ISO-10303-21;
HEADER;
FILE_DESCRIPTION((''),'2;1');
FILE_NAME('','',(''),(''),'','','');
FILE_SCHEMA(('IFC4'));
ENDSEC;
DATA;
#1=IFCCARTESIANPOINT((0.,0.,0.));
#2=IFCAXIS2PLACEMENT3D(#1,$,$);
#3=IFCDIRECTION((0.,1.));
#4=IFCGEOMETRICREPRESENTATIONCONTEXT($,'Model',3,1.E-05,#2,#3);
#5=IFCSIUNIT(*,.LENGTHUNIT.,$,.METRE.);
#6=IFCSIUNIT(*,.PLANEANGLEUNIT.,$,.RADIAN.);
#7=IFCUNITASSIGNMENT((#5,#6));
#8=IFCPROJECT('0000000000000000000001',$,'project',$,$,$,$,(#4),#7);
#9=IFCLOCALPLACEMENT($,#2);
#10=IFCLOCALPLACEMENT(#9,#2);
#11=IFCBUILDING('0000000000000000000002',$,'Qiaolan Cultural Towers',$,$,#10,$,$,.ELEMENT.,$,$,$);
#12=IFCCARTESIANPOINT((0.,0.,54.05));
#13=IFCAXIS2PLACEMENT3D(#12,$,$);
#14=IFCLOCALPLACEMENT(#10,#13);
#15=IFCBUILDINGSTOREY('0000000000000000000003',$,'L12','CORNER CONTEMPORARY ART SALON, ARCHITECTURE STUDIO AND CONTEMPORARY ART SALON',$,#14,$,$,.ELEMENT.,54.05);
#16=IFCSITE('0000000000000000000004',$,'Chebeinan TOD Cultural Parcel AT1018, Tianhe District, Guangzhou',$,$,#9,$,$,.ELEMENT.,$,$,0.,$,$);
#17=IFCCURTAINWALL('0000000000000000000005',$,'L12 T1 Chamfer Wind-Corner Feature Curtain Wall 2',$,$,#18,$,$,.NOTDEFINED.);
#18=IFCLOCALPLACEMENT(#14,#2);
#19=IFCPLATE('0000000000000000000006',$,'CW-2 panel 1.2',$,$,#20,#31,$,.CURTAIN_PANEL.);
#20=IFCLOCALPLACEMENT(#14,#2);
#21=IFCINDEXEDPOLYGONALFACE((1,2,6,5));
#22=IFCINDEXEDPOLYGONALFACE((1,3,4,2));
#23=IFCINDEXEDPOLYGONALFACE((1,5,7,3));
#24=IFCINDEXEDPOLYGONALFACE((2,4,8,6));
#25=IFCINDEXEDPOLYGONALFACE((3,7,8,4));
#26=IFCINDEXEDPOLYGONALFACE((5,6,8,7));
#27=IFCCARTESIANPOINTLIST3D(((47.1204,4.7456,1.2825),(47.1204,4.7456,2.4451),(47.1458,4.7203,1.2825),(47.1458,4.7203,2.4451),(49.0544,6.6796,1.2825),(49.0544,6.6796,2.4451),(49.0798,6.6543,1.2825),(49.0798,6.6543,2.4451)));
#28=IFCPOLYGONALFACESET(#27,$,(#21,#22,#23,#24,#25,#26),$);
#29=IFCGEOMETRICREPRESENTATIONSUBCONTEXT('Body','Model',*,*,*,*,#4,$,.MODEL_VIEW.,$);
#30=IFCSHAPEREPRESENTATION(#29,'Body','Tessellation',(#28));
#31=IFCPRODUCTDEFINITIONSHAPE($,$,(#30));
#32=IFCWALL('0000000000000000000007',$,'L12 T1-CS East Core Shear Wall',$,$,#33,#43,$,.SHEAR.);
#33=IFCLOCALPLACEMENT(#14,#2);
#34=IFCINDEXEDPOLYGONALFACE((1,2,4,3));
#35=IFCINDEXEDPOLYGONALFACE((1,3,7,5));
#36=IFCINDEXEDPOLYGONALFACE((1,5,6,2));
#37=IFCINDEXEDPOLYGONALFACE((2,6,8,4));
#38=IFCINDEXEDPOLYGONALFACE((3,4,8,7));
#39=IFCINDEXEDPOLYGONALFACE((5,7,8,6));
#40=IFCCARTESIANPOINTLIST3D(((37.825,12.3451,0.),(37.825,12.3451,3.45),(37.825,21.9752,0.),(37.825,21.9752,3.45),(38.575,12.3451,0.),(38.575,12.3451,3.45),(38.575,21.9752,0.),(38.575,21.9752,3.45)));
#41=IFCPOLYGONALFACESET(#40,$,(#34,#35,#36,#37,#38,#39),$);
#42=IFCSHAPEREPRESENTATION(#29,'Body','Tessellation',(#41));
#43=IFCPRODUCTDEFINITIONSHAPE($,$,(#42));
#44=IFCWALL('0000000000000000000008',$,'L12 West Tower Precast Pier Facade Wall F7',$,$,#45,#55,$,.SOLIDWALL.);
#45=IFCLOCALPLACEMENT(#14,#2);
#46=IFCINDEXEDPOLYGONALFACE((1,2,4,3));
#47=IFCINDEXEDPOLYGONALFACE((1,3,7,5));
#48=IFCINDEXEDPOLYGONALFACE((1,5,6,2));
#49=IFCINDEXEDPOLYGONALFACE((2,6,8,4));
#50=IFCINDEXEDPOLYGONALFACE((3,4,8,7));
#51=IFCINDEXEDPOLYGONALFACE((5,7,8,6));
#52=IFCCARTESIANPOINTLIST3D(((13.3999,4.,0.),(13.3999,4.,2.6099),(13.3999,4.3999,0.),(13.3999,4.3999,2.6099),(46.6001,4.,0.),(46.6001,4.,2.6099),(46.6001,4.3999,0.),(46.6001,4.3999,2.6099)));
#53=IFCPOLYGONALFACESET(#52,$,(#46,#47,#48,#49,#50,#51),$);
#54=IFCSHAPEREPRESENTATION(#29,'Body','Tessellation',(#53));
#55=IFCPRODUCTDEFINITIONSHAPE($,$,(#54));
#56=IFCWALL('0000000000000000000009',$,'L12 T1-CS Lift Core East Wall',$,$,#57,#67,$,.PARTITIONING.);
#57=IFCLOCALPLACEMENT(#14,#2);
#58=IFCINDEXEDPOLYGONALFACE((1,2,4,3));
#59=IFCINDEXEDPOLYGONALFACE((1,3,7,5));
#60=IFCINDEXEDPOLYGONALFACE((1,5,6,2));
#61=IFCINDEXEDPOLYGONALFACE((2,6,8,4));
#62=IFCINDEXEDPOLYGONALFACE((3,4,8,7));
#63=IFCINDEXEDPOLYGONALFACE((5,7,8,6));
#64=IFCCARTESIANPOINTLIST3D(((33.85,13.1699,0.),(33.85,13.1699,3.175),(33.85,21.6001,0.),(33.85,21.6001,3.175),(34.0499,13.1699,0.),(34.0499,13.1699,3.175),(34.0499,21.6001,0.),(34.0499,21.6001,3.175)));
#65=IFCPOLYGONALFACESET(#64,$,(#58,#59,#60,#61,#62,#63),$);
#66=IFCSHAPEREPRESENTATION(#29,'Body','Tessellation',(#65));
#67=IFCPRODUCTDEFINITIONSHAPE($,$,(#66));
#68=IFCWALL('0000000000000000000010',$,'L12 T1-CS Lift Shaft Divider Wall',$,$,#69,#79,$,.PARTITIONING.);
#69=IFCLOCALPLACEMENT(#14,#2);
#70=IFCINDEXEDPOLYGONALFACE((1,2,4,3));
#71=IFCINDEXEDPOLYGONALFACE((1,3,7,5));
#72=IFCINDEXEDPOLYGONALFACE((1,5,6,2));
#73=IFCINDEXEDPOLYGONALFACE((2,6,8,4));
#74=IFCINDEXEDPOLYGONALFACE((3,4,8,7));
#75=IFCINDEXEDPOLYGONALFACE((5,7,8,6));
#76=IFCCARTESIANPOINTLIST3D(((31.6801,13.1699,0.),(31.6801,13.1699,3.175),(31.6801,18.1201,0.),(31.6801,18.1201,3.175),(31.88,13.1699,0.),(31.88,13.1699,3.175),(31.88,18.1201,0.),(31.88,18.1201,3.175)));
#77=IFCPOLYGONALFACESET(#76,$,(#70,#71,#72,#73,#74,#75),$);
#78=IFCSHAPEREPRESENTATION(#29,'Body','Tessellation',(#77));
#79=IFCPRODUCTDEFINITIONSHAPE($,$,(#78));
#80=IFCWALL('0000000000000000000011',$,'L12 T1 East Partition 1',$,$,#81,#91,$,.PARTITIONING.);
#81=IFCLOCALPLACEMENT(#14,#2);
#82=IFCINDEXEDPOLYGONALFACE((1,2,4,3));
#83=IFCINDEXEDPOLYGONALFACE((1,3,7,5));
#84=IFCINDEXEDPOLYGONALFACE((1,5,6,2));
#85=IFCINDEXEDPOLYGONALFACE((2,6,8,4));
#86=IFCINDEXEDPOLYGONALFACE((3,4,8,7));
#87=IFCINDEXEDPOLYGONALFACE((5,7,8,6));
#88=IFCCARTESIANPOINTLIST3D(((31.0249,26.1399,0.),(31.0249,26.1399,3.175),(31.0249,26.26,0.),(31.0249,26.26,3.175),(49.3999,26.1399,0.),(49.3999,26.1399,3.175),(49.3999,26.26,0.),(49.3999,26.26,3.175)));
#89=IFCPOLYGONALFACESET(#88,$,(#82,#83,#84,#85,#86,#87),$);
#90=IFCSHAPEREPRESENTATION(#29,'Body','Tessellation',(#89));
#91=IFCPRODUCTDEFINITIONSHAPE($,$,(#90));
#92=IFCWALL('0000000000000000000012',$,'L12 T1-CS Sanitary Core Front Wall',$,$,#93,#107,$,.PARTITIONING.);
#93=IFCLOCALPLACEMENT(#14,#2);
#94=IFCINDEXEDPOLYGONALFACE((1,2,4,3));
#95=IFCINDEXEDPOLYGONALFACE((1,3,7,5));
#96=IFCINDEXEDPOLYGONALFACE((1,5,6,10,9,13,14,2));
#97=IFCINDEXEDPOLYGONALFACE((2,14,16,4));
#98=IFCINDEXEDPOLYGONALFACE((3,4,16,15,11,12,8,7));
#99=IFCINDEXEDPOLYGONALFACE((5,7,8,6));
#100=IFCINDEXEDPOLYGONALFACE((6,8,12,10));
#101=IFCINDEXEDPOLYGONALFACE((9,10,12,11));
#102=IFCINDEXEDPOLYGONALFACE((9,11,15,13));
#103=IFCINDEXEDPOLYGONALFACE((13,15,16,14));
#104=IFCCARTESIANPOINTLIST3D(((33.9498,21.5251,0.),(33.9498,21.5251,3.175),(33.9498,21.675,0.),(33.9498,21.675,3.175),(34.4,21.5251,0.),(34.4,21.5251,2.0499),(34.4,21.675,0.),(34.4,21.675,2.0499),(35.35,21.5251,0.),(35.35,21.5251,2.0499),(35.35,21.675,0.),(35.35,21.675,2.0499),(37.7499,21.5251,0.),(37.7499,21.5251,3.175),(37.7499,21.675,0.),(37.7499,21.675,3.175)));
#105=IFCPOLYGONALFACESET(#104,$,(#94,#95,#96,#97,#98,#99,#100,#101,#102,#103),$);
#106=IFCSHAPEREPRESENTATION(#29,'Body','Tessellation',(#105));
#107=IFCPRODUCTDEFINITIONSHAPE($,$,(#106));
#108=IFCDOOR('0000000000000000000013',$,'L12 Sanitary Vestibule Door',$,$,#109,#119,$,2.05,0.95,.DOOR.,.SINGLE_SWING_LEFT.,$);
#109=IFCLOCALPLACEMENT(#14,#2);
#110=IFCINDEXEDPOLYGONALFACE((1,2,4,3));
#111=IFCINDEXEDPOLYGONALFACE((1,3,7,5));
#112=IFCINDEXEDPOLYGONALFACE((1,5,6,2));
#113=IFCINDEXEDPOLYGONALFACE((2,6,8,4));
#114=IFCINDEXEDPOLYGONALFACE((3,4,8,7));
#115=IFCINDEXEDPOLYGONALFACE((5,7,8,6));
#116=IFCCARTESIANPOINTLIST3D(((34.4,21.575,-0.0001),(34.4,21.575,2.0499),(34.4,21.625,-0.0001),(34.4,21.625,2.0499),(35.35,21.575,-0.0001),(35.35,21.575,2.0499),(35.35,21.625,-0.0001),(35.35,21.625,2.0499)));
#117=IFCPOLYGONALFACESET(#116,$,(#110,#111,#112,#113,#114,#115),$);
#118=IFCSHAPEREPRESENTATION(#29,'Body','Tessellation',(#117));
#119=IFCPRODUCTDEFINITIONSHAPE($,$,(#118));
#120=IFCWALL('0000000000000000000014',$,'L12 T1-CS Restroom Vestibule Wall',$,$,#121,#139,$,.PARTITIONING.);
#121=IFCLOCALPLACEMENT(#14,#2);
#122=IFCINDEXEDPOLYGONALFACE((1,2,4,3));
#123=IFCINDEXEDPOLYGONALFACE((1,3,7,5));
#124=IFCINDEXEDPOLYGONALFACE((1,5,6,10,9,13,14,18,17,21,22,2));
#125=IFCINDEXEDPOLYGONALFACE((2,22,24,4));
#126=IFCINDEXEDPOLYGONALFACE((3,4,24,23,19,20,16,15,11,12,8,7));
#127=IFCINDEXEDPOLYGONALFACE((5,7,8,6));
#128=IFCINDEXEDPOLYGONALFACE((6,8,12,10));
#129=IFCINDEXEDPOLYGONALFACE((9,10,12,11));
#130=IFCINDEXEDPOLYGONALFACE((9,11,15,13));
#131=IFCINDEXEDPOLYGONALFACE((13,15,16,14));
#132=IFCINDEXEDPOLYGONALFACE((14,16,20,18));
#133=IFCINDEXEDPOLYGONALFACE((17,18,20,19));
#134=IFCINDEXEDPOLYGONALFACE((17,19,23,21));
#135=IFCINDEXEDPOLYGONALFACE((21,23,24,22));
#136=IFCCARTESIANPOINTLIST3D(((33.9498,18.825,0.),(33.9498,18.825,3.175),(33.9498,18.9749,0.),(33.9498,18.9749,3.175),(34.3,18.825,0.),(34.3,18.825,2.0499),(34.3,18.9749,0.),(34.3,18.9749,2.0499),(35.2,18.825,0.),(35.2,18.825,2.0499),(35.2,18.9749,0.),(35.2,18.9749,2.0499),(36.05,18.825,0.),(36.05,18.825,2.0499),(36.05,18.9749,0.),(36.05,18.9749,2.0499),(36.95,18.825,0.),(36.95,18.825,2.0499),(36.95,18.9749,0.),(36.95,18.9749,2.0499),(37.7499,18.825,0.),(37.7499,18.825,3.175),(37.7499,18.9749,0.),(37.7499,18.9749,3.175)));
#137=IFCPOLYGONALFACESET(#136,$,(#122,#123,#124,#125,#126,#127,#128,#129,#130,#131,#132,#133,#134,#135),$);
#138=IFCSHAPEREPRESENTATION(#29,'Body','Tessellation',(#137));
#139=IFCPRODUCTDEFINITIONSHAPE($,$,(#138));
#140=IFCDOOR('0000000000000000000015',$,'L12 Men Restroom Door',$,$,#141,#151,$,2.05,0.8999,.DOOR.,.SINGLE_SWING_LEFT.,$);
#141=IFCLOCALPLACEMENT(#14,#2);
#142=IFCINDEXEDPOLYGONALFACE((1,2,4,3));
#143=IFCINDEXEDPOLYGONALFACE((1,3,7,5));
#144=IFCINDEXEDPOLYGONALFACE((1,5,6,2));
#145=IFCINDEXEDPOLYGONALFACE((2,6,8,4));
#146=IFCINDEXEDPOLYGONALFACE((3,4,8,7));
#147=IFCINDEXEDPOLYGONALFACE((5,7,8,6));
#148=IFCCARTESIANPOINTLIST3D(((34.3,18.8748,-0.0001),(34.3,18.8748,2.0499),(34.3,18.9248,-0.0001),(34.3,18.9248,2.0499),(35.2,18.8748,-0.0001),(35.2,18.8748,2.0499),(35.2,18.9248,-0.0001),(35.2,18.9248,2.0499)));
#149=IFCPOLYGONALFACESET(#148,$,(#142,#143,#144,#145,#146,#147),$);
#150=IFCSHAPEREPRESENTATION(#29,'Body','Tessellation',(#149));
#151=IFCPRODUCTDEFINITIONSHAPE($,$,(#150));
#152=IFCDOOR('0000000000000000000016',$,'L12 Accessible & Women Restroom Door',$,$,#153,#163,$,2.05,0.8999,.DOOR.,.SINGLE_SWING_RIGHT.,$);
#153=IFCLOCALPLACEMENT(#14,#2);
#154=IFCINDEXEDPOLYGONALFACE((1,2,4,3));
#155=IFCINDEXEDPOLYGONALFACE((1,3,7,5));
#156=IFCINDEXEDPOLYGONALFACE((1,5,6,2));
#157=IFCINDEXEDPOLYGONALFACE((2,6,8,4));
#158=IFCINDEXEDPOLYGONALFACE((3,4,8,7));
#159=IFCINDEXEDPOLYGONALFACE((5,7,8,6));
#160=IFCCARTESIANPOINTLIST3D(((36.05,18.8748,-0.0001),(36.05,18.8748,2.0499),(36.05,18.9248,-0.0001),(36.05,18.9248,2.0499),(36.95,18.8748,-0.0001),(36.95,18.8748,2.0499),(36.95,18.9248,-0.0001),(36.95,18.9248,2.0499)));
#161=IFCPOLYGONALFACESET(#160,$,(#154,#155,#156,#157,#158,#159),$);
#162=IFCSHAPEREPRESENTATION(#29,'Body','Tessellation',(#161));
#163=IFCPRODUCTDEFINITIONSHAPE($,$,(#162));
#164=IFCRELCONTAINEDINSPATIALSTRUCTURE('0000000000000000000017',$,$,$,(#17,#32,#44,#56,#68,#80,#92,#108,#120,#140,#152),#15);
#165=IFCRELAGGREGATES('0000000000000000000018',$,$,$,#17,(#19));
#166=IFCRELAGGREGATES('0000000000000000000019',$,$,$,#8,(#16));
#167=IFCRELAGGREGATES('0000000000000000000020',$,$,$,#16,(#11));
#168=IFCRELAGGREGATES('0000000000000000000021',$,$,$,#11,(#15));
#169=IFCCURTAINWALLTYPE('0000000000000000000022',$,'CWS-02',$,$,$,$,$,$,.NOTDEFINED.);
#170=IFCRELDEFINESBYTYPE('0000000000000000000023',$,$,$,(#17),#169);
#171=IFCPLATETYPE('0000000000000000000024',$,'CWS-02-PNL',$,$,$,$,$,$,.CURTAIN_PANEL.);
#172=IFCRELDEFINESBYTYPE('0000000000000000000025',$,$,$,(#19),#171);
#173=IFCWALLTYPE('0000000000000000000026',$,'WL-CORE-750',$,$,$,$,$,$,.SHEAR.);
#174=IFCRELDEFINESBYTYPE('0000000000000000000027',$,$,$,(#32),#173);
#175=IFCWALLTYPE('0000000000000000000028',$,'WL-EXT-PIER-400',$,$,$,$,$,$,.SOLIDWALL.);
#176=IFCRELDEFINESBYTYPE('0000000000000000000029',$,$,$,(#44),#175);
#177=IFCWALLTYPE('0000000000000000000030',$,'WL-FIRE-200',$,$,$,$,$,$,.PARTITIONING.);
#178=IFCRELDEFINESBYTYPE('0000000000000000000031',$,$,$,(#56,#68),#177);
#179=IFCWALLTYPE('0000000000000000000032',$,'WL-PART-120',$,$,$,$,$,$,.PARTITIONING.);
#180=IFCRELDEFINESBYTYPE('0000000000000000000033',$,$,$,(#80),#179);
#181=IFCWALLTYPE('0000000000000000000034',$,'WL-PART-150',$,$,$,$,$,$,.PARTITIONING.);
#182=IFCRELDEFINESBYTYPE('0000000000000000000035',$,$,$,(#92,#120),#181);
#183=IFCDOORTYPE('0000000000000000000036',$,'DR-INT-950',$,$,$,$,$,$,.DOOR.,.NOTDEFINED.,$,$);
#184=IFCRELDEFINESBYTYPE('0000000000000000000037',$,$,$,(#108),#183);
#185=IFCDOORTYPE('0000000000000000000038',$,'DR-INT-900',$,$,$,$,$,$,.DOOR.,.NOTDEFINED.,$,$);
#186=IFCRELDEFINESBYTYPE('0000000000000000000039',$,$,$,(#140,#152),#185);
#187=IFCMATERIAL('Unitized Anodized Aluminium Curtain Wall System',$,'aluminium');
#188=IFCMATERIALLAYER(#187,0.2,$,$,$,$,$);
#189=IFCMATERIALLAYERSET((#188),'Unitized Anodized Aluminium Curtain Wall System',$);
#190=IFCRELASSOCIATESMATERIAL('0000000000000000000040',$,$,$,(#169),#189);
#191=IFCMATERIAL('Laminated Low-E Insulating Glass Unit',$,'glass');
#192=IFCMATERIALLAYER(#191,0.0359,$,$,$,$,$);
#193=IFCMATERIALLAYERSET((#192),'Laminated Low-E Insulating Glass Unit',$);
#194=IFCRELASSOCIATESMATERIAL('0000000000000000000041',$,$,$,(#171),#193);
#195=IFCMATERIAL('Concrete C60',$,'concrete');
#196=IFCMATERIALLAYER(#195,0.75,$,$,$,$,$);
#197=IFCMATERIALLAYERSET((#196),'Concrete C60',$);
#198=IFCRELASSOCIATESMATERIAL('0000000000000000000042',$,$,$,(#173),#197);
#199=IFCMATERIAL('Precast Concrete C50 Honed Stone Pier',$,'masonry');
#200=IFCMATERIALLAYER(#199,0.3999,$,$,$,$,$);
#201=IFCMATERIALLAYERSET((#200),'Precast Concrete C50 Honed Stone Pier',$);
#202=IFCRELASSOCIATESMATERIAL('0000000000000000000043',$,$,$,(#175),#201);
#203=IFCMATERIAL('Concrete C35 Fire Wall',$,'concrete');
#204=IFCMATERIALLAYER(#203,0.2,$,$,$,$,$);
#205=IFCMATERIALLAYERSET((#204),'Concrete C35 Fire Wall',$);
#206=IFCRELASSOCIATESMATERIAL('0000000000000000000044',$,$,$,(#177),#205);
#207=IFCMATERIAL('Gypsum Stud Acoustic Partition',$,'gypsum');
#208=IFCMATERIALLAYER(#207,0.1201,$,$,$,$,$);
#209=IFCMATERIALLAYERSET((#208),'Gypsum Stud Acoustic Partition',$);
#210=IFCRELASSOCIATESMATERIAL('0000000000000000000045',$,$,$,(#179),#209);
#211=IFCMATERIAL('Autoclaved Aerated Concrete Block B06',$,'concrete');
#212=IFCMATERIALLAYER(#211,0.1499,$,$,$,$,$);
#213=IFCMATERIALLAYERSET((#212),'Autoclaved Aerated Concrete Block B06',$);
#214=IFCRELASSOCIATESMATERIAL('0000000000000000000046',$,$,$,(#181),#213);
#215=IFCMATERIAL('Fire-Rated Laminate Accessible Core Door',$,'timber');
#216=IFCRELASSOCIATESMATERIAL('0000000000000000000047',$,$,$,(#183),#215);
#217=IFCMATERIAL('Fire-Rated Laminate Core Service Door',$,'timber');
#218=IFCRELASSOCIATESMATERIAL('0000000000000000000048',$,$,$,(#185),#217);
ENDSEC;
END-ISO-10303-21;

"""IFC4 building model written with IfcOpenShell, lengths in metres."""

from ifc_helpers import new_model, si_unit, direction, frame, frame_2d, origin, origin_2d, place, context, subcontext, project, spatial, rectangle, extrude, material, layer, layer_set, type_object, element, fill, aggregate, save


model = new_model("IFC4")

# Units and contexts
model_context = context("Model", 3, precision=1e-05, world=origin(), true_north=direction((0.0, 1.0)))
body_context = subcontext(model_context, "Body", "Model", "MODEL_VIEW")
ifc_project = project(units=[si_unit("LENGTHUNIT", "METRE"), si_unit("PLANEANGLEUNIT", "RADIAN")], contexts=[model_context])

# Site, building, storey
site_placement = place(None, origin())
site = spatial("IfcSite", under=ifc_project, at=site_placement, Name="Chebeinan TOD Cultural Parcel AT1018, Tianhe District, Guangzhou", CompositionType="ELEMENT", RefElevation=0.0)
building_placement = place(site_placement, origin())
building = spatial("IfcBuilding", under=site, at=building_placement, Name="Qiaolan Cultural Towers", CompositionType="ELEMENT")
storey_placement = place(building_placement, frame((0.0, 0.0, 54.05)))
storey = spatial("IfcBuildingStorey", under=building, at=storey_placement, Name="L12", Description="CORNER CONTEMPORARY ART SALON, ARCHITECTURE STUDIO AND CONTEMPORARY ART SALON", CompositionType="ELEMENT", Elevation=54.05)

# Curtain wall, plate
ifc_material_1 = material(Name="Unitized Anodized Aluminium Curtain Wall System", Category="aluminium")
ifc_layer_1 = layer(ifc_material_1, 0.2)
ifc_layer_set_1 = layer_set([ifc_layer_1], Name="Unitized Anodized Aluminium Curtain Wall System")
curtain_wall_type = type_object("IfcCurtainWallType", Name="CWS-02", PredefinedType="NOTDEFINED", material=ifc_layer_set_1)
curtain_wall_placement = place(storey_placement, origin())
curtain_wall = element("IfcCurtainWall", 1, at=curtain_wall_placement, inside=storey, type_object=curtain_wall_type, Name="L12 T1 Chamfer Wind-Corner Feature Curtain Wall 2", PredefinedType="NOTDEFINED")
ifc_material_2 = material(Name="Laminated Low-E Insulating Glass Unit", Category="glass")
ifc_layer_2 = layer(ifc_material_2, 0.0359)
ifc_layer_set_2 = layer_set([ifc_layer_2], Name="Laminated Low-E Insulating Glass Unit")
plate_type = type_object("IfcPlateType", Name="CWS-02-PNL", PredefinedType="CURTAIN_PANEL", material=ifc_layer_set_2)
plate_1_placement = place(storey_placement, frame((48.1001, 5.7, 1.2825), z_axis=(0.0, 0.0, 1.0), x_axis=(-0.707107, -0.707107, 0.0)))
plate_1 = element("IfcPlate", 2, at=plate_1_placement, type_object=plate_type, Name="CW-2 panel 1.2", PredefinedType="CURTAIN_PANEL", context=body_context, shape_type="SweptSolid", body=[
    extrude(rectangle(XDim=2.7351, YDim=0.0359, at=origin_2d()), origin(), (0.0, 0.0, 1.0), 1.1626),
])
aggregate(curtain_wall, [plate_1])

# Walls
ifc_material_3 = material(Name="Concrete C60", Category="concrete")
ifc_layer_3 = layer(ifc_material_3, 0.75)
ifc_layer_set_3 = layer_set([ifc_layer_3], Name="Concrete C60")
wall_type_1 = type_object("IfcWallType", Name="WL-CORE-750", PredefinedType="SHEAR", material=ifc_layer_set_3)
wall_1_placement = place(storey_placement, frame((38.2, 21.9751, 0.0), z_axis=(0.0, 0.0, 1.0), x_axis=(0.0, -1.0, 0.0)))
element("IfcWall", 3, at=wall_1_placement, inside=storey, type_object=wall_type_1, Name="L12 T1-CS East Core Shear Wall", PredefinedType="SHEAR", context=body_context, shape_type="SweptSolid", body=[
    extrude(rectangle(XDim=9.6301, YDim=0.75, at=frame_2d((4.8149, 0.0))), origin(), (0.0, 0.0, 1.0), 3.45),
])
ifc_material_4 = material(Name="Precast Concrete C50 Honed Stone Pier", Category="masonry")
ifc_layer_4 = layer(ifc_material_4, 0.3999)
ifc_layer_set_4 = layer_set([ifc_layer_4], Name="Precast Concrete C50 Honed Stone Pier")
wall_type_2 = type_object("IfcWallType", Name="WL-EXT-PIER-400", PredefinedType="SOLIDWALL", material=ifc_layer_set_4)
wall_2_placement = place(storey_placement, frame((46.6001, 4.2, 0.0), z_axis=(0.0, 0.0, 1.0), x_axis=(-1.0, 0.0, 0.0)))
element("IfcWall", 4, at=wall_2_placement, inside=storey, type_object=wall_type_2, Name="L12 West Tower Precast Pier Facade Wall F7", PredefinedType="SOLIDWALL", context=body_context, shape_type="SweptSolid", body=[
    extrude(rectangle(XDim=33.2002, YDim=0.3999, at=frame_2d((16.6001, 0.0))), origin(), (0.0, 0.0, 1.0), 2.6099),
])
ifc_material_5 = material(Name="Concrete C35 Fire Wall", Category="concrete")
ifc_layer_5 = layer(ifc_material_5, 0.2)
ifc_layer_set_5 = layer_set([ifc_layer_5], Name="Concrete C35 Fire Wall")
wall_type_3 = type_object("IfcWallType", Name="WL-FIRE-200", PredefinedType="PARTITIONING", material=ifc_layer_set_5)
wall_3_placement = place(storey_placement, frame((33.95, 21.6001, 0.0), z_axis=(0.0, 0.0, 1.0), x_axis=(0.0, -1.0, 0.0)))
element("IfcWall", 5, at=wall_3_placement, inside=storey, type_object=wall_type_3, Name="L12 T1-CS Lift Core East Wall", PredefinedType="PARTITIONING", context=body_context, shape_type="SweptSolid", body=[
    extrude(rectangle(XDim=8.4302, YDim=0.2, at=frame_2d((4.2151, 0.0))), origin(), (0.0, 0.0, 1.0), 3.175),
])
wall_4_placement = place(storey_placement, frame((31.78, 18.1201, 0.0), z_axis=(0.0, 0.0, 1.0), x_axis=(0.0, -1.0, 0.0)))
element("IfcWall", 6, at=wall_4_placement, inside=storey, type_object=wall_type_3, Name="L12 T1-CS Lift Shaft Divider Wall", PredefinedType="PARTITIONING", context=body_context, shape_type="SweptSolid", body=[
    extrude(rectangle(XDim=4.9502, YDim=0.2, at=frame_2d((2.4751, 0.0))), origin(), (0.0, 0.0, 1.0), 3.175),
])
ifc_material_6 = material(Name="Gypsum Stud Acoustic Partition", Category="gypsum")
ifc_layer_6 = layer(ifc_material_6, 0.1201)
ifc_layer_set_6 = layer_set([ifc_layer_6], Name="Gypsum Stud Acoustic Partition")
wall_type_4 = type_object("IfcWallType", Name="WL-PART-120", PredefinedType="PARTITIONING", material=ifc_layer_set_6)
wall_5_placement = place(storey_placement, frame((31.0249, 26.2, 0.0), z_axis=(0.0, 0.0, 1.0), x_axis=(1.0, 0.0, 0.0)))
element("IfcWall", 7, at=wall_5_placement, inside=storey, type_object=wall_type_4, Name="L12 T1 East Partition 1", PredefinedType="PARTITIONING", context=body_context, shape_type="SweptSolid", body=[
    extrude(rectangle(XDim=18.375, YDim=0.1201, at=frame_2d((9.1875, 0.0))), origin(), (0.0, 0.0, 1.0), 3.175),
])

# Wall, opening, door
ifc_material_7 = material(Name="Autoclaved Aerated Concrete Block B06", Category="concrete")
ifc_layer_7 = layer(ifc_material_7, 0.1499)
ifc_layer_set_7 = layer_set([ifc_layer_7], Name="Autoclaved Aerated Concrete Block B06")
wall_type_5 = type_object("IfcWallType", Name="WL-PART-150", PredefinedType="PARTITIONING", material=ifc_layer_set_7)
wall_6_placement = place(storey_placement, frame((33.95, 21.6001, 0.0), z_axis=(0.0, 0.0, 1.0), x_axis=(1.0, 0.0, 0.0)))
wall_6 = element("IfcWall", 8, at=wall_6_placement, inside=storey, type_object=wall_type_5, Name="L12 T1-CS Sanitary Core Front Wall", PredefinedType="PARTITIONING", context=body_context, shape_type="SweptSolid", body=[
    extrude(rectangle(XDim=3.8, YDim=0.1499, at=frame_2d((1.8999, 0.0))), origin(), (0.0, 0.0, 1.0), 3.175),
])
opening_1_placement = place(wall_6_placement, frame((0.45, 0.0, 0.0)))
opening_1 = element("IfcOpeningElement", 9, at=opening_1_placement, cuts=wall_6, PredefinedType="OPENING", context=body_context, shape_type="SweptSolid", body=[
    extrude(rectangle(XDim=0.95, YDim=2.05, at=frame_2d((0.4751, 1.0249))), frame((0.0, 0.085, 0.0), z_axis=(0.0, -1.0, 0.0), x_axis=(1.0, 0.0, 0.0)), (0.0, 0.0, 1.0), 0.1699),
])
ifc_material_8 = material(Name="Fire-Rated Laminate Accessible Core Door", Category="timber")
door_type_1 = type_object("IfcDoorType", Name="DR-INT-950", OperationType="NOTDEFINED", PredefinedType="DOOR", material=ifc_material_8)
door_1_placement = place(opening_1_placement, origin())
door_1 = element("IfcDoor", 10, at=door_1_placement, inside=storey, type_object=door_type_1, Name="L12 Sanitary Vestibule Door", OperationType="SINGLE_SWING_LEFT", OverallHeight=2.05, OverallWidth=0.95, PredefinedType="DOOR", context=body_context, shape_type="SweptSolid", body=[
    extrude(rectangle(XDim=0.95, YDim=2.05, at=frame_2d((0.4751, 1.0249))), frame((0.0, 0.0249, 0.0), z_axis=(0.0, -1.0, 0.0), x_axis=(1.0, 0.0, 0.0)), (0.0, 0.0, 1.0), 0.05),
])
fill(opening_1, door_1)

# Wall, openings, doors
wall_7_placement = place(storey_placement, frame((33.95, 18.8999, 0.0), z_axis=(0.0, 0.0, 1.0), x_axis=(1.0, 0.0, 0.0)))
wall_7 = element("IfcWall", 11, at=wall_7_placement, inside=storey, type_object=wall_type_5, Name="L12 T1-CS Restroom Vestibule Wall", PredefinedType="PARTITIONING", context=body_context, shape_type="SweptSolid", body=[
    extrude(rectangle(XDim=3.8, YDim=0.1499, at=frame_2d((1.8999, 0.0))), origin(), (0.0, 0.0, 1.0), 3.175),
])
opening_2_placement = place(wall_7_placement, frame((0.3501, 0.0, 0.0)))
opening_2 = element("IfcOpeningElement", 12, at=opening_2_placement, cuts=wall_7, PredefinedType="OPENING", context=body_context, shape_type="SweptSolid", body=[
    extrude(rectangle(XDim=0.8999, YDim=2.05, at=frame_2d((0.45, 1.0249))), frame((0.0, 0.085, 0.0), z_axis=(0.0, -1.0, 0.0), x_axis=(1.0, 0.0, 0.0)), (0.0, 0.0, 1.0), 0.1699),
])
opening_3_placement = place(wall_7_placement, frame((2.1001, 0.0, 0.0)))
opening_3 = element("IfcOpeningElement", 13, at=opening_3_placement, cuts=wall_7, PredefinedType="OPENING", context=body_context, shape_type="SweptSolid", body=[
    extrude(rectangle(XDim=0.8999, YDim=2.05, at=frame_2d((0.45, 1.0249))), frame((0.0, 0.085, 0.0), z_axis=(0.0, -1.0, 0.0), x_axis=(1.0, 0.0, 0.0)), (0.0, 0.0, 1.0), 0.1699),
])
ifc_material_9 = material(Name="Fire-Rated Laminate Core Service Door", Category="timber")
door_type_2 = type_object("IfcDoorType", Name="DR-INT-900", OperationType="NOTDEFINED", PredefinedType="DOOR", material=ifc_material_9)
door_2_placement = place(opening_2_placement, origin())
door_2 = element("IfcDoor", 14, at=door_2_placement, inside=storey, type_object=door_type_2, Name="L12 Men Restroom Door", OperationType="SINGLE_SWING_LEFT", OverallHeight=2.05, OverallWidth=0.8999, PredefinedType="DOOR", context=body_context, shape_type="SweptSolid", body=[
    extrude(rectangle(XDim=0.8999, YDim=2.05, at=frame_2d((0.45, 1.0249))), frame((0.0, 0.0249, 0.0), z_axis=(0.0, -1.0, 0.0), x_axis=(1.0, 0.0, 0.0)), (0.0, 0.0, 1.0), 0.05),
])
fill(opening_2, door_2)
door_3_placement = place(opening_3_placement, origin())
door_3 = element("IfcDoor", 15, at=door_3_placement, inside=storey, type_object=door_type_2, Name="L12 Accessible & Women Restroom Door", OperationType="SINGLE_SWING_RIGHT", OverallHeight=2.05, OverallWidth=0.8999, PredefinedType="DOOR", context=body_context, shape_type="SweptSolid", body=[
    extrude(rectangle(XDim=0.8999, YDim=2.05, at=frame_2d((0.45, 1.0249))), frame((0.0, 0.0249, 0.0), z_axis=(0.0, -1.0, 0.0), x_axis=(1.0, 0.0, 0.0)), (0.0, 0.0, 1.0), 0.05),
])
fill(opening_3, door_3)

save(model, "model.ifc")
